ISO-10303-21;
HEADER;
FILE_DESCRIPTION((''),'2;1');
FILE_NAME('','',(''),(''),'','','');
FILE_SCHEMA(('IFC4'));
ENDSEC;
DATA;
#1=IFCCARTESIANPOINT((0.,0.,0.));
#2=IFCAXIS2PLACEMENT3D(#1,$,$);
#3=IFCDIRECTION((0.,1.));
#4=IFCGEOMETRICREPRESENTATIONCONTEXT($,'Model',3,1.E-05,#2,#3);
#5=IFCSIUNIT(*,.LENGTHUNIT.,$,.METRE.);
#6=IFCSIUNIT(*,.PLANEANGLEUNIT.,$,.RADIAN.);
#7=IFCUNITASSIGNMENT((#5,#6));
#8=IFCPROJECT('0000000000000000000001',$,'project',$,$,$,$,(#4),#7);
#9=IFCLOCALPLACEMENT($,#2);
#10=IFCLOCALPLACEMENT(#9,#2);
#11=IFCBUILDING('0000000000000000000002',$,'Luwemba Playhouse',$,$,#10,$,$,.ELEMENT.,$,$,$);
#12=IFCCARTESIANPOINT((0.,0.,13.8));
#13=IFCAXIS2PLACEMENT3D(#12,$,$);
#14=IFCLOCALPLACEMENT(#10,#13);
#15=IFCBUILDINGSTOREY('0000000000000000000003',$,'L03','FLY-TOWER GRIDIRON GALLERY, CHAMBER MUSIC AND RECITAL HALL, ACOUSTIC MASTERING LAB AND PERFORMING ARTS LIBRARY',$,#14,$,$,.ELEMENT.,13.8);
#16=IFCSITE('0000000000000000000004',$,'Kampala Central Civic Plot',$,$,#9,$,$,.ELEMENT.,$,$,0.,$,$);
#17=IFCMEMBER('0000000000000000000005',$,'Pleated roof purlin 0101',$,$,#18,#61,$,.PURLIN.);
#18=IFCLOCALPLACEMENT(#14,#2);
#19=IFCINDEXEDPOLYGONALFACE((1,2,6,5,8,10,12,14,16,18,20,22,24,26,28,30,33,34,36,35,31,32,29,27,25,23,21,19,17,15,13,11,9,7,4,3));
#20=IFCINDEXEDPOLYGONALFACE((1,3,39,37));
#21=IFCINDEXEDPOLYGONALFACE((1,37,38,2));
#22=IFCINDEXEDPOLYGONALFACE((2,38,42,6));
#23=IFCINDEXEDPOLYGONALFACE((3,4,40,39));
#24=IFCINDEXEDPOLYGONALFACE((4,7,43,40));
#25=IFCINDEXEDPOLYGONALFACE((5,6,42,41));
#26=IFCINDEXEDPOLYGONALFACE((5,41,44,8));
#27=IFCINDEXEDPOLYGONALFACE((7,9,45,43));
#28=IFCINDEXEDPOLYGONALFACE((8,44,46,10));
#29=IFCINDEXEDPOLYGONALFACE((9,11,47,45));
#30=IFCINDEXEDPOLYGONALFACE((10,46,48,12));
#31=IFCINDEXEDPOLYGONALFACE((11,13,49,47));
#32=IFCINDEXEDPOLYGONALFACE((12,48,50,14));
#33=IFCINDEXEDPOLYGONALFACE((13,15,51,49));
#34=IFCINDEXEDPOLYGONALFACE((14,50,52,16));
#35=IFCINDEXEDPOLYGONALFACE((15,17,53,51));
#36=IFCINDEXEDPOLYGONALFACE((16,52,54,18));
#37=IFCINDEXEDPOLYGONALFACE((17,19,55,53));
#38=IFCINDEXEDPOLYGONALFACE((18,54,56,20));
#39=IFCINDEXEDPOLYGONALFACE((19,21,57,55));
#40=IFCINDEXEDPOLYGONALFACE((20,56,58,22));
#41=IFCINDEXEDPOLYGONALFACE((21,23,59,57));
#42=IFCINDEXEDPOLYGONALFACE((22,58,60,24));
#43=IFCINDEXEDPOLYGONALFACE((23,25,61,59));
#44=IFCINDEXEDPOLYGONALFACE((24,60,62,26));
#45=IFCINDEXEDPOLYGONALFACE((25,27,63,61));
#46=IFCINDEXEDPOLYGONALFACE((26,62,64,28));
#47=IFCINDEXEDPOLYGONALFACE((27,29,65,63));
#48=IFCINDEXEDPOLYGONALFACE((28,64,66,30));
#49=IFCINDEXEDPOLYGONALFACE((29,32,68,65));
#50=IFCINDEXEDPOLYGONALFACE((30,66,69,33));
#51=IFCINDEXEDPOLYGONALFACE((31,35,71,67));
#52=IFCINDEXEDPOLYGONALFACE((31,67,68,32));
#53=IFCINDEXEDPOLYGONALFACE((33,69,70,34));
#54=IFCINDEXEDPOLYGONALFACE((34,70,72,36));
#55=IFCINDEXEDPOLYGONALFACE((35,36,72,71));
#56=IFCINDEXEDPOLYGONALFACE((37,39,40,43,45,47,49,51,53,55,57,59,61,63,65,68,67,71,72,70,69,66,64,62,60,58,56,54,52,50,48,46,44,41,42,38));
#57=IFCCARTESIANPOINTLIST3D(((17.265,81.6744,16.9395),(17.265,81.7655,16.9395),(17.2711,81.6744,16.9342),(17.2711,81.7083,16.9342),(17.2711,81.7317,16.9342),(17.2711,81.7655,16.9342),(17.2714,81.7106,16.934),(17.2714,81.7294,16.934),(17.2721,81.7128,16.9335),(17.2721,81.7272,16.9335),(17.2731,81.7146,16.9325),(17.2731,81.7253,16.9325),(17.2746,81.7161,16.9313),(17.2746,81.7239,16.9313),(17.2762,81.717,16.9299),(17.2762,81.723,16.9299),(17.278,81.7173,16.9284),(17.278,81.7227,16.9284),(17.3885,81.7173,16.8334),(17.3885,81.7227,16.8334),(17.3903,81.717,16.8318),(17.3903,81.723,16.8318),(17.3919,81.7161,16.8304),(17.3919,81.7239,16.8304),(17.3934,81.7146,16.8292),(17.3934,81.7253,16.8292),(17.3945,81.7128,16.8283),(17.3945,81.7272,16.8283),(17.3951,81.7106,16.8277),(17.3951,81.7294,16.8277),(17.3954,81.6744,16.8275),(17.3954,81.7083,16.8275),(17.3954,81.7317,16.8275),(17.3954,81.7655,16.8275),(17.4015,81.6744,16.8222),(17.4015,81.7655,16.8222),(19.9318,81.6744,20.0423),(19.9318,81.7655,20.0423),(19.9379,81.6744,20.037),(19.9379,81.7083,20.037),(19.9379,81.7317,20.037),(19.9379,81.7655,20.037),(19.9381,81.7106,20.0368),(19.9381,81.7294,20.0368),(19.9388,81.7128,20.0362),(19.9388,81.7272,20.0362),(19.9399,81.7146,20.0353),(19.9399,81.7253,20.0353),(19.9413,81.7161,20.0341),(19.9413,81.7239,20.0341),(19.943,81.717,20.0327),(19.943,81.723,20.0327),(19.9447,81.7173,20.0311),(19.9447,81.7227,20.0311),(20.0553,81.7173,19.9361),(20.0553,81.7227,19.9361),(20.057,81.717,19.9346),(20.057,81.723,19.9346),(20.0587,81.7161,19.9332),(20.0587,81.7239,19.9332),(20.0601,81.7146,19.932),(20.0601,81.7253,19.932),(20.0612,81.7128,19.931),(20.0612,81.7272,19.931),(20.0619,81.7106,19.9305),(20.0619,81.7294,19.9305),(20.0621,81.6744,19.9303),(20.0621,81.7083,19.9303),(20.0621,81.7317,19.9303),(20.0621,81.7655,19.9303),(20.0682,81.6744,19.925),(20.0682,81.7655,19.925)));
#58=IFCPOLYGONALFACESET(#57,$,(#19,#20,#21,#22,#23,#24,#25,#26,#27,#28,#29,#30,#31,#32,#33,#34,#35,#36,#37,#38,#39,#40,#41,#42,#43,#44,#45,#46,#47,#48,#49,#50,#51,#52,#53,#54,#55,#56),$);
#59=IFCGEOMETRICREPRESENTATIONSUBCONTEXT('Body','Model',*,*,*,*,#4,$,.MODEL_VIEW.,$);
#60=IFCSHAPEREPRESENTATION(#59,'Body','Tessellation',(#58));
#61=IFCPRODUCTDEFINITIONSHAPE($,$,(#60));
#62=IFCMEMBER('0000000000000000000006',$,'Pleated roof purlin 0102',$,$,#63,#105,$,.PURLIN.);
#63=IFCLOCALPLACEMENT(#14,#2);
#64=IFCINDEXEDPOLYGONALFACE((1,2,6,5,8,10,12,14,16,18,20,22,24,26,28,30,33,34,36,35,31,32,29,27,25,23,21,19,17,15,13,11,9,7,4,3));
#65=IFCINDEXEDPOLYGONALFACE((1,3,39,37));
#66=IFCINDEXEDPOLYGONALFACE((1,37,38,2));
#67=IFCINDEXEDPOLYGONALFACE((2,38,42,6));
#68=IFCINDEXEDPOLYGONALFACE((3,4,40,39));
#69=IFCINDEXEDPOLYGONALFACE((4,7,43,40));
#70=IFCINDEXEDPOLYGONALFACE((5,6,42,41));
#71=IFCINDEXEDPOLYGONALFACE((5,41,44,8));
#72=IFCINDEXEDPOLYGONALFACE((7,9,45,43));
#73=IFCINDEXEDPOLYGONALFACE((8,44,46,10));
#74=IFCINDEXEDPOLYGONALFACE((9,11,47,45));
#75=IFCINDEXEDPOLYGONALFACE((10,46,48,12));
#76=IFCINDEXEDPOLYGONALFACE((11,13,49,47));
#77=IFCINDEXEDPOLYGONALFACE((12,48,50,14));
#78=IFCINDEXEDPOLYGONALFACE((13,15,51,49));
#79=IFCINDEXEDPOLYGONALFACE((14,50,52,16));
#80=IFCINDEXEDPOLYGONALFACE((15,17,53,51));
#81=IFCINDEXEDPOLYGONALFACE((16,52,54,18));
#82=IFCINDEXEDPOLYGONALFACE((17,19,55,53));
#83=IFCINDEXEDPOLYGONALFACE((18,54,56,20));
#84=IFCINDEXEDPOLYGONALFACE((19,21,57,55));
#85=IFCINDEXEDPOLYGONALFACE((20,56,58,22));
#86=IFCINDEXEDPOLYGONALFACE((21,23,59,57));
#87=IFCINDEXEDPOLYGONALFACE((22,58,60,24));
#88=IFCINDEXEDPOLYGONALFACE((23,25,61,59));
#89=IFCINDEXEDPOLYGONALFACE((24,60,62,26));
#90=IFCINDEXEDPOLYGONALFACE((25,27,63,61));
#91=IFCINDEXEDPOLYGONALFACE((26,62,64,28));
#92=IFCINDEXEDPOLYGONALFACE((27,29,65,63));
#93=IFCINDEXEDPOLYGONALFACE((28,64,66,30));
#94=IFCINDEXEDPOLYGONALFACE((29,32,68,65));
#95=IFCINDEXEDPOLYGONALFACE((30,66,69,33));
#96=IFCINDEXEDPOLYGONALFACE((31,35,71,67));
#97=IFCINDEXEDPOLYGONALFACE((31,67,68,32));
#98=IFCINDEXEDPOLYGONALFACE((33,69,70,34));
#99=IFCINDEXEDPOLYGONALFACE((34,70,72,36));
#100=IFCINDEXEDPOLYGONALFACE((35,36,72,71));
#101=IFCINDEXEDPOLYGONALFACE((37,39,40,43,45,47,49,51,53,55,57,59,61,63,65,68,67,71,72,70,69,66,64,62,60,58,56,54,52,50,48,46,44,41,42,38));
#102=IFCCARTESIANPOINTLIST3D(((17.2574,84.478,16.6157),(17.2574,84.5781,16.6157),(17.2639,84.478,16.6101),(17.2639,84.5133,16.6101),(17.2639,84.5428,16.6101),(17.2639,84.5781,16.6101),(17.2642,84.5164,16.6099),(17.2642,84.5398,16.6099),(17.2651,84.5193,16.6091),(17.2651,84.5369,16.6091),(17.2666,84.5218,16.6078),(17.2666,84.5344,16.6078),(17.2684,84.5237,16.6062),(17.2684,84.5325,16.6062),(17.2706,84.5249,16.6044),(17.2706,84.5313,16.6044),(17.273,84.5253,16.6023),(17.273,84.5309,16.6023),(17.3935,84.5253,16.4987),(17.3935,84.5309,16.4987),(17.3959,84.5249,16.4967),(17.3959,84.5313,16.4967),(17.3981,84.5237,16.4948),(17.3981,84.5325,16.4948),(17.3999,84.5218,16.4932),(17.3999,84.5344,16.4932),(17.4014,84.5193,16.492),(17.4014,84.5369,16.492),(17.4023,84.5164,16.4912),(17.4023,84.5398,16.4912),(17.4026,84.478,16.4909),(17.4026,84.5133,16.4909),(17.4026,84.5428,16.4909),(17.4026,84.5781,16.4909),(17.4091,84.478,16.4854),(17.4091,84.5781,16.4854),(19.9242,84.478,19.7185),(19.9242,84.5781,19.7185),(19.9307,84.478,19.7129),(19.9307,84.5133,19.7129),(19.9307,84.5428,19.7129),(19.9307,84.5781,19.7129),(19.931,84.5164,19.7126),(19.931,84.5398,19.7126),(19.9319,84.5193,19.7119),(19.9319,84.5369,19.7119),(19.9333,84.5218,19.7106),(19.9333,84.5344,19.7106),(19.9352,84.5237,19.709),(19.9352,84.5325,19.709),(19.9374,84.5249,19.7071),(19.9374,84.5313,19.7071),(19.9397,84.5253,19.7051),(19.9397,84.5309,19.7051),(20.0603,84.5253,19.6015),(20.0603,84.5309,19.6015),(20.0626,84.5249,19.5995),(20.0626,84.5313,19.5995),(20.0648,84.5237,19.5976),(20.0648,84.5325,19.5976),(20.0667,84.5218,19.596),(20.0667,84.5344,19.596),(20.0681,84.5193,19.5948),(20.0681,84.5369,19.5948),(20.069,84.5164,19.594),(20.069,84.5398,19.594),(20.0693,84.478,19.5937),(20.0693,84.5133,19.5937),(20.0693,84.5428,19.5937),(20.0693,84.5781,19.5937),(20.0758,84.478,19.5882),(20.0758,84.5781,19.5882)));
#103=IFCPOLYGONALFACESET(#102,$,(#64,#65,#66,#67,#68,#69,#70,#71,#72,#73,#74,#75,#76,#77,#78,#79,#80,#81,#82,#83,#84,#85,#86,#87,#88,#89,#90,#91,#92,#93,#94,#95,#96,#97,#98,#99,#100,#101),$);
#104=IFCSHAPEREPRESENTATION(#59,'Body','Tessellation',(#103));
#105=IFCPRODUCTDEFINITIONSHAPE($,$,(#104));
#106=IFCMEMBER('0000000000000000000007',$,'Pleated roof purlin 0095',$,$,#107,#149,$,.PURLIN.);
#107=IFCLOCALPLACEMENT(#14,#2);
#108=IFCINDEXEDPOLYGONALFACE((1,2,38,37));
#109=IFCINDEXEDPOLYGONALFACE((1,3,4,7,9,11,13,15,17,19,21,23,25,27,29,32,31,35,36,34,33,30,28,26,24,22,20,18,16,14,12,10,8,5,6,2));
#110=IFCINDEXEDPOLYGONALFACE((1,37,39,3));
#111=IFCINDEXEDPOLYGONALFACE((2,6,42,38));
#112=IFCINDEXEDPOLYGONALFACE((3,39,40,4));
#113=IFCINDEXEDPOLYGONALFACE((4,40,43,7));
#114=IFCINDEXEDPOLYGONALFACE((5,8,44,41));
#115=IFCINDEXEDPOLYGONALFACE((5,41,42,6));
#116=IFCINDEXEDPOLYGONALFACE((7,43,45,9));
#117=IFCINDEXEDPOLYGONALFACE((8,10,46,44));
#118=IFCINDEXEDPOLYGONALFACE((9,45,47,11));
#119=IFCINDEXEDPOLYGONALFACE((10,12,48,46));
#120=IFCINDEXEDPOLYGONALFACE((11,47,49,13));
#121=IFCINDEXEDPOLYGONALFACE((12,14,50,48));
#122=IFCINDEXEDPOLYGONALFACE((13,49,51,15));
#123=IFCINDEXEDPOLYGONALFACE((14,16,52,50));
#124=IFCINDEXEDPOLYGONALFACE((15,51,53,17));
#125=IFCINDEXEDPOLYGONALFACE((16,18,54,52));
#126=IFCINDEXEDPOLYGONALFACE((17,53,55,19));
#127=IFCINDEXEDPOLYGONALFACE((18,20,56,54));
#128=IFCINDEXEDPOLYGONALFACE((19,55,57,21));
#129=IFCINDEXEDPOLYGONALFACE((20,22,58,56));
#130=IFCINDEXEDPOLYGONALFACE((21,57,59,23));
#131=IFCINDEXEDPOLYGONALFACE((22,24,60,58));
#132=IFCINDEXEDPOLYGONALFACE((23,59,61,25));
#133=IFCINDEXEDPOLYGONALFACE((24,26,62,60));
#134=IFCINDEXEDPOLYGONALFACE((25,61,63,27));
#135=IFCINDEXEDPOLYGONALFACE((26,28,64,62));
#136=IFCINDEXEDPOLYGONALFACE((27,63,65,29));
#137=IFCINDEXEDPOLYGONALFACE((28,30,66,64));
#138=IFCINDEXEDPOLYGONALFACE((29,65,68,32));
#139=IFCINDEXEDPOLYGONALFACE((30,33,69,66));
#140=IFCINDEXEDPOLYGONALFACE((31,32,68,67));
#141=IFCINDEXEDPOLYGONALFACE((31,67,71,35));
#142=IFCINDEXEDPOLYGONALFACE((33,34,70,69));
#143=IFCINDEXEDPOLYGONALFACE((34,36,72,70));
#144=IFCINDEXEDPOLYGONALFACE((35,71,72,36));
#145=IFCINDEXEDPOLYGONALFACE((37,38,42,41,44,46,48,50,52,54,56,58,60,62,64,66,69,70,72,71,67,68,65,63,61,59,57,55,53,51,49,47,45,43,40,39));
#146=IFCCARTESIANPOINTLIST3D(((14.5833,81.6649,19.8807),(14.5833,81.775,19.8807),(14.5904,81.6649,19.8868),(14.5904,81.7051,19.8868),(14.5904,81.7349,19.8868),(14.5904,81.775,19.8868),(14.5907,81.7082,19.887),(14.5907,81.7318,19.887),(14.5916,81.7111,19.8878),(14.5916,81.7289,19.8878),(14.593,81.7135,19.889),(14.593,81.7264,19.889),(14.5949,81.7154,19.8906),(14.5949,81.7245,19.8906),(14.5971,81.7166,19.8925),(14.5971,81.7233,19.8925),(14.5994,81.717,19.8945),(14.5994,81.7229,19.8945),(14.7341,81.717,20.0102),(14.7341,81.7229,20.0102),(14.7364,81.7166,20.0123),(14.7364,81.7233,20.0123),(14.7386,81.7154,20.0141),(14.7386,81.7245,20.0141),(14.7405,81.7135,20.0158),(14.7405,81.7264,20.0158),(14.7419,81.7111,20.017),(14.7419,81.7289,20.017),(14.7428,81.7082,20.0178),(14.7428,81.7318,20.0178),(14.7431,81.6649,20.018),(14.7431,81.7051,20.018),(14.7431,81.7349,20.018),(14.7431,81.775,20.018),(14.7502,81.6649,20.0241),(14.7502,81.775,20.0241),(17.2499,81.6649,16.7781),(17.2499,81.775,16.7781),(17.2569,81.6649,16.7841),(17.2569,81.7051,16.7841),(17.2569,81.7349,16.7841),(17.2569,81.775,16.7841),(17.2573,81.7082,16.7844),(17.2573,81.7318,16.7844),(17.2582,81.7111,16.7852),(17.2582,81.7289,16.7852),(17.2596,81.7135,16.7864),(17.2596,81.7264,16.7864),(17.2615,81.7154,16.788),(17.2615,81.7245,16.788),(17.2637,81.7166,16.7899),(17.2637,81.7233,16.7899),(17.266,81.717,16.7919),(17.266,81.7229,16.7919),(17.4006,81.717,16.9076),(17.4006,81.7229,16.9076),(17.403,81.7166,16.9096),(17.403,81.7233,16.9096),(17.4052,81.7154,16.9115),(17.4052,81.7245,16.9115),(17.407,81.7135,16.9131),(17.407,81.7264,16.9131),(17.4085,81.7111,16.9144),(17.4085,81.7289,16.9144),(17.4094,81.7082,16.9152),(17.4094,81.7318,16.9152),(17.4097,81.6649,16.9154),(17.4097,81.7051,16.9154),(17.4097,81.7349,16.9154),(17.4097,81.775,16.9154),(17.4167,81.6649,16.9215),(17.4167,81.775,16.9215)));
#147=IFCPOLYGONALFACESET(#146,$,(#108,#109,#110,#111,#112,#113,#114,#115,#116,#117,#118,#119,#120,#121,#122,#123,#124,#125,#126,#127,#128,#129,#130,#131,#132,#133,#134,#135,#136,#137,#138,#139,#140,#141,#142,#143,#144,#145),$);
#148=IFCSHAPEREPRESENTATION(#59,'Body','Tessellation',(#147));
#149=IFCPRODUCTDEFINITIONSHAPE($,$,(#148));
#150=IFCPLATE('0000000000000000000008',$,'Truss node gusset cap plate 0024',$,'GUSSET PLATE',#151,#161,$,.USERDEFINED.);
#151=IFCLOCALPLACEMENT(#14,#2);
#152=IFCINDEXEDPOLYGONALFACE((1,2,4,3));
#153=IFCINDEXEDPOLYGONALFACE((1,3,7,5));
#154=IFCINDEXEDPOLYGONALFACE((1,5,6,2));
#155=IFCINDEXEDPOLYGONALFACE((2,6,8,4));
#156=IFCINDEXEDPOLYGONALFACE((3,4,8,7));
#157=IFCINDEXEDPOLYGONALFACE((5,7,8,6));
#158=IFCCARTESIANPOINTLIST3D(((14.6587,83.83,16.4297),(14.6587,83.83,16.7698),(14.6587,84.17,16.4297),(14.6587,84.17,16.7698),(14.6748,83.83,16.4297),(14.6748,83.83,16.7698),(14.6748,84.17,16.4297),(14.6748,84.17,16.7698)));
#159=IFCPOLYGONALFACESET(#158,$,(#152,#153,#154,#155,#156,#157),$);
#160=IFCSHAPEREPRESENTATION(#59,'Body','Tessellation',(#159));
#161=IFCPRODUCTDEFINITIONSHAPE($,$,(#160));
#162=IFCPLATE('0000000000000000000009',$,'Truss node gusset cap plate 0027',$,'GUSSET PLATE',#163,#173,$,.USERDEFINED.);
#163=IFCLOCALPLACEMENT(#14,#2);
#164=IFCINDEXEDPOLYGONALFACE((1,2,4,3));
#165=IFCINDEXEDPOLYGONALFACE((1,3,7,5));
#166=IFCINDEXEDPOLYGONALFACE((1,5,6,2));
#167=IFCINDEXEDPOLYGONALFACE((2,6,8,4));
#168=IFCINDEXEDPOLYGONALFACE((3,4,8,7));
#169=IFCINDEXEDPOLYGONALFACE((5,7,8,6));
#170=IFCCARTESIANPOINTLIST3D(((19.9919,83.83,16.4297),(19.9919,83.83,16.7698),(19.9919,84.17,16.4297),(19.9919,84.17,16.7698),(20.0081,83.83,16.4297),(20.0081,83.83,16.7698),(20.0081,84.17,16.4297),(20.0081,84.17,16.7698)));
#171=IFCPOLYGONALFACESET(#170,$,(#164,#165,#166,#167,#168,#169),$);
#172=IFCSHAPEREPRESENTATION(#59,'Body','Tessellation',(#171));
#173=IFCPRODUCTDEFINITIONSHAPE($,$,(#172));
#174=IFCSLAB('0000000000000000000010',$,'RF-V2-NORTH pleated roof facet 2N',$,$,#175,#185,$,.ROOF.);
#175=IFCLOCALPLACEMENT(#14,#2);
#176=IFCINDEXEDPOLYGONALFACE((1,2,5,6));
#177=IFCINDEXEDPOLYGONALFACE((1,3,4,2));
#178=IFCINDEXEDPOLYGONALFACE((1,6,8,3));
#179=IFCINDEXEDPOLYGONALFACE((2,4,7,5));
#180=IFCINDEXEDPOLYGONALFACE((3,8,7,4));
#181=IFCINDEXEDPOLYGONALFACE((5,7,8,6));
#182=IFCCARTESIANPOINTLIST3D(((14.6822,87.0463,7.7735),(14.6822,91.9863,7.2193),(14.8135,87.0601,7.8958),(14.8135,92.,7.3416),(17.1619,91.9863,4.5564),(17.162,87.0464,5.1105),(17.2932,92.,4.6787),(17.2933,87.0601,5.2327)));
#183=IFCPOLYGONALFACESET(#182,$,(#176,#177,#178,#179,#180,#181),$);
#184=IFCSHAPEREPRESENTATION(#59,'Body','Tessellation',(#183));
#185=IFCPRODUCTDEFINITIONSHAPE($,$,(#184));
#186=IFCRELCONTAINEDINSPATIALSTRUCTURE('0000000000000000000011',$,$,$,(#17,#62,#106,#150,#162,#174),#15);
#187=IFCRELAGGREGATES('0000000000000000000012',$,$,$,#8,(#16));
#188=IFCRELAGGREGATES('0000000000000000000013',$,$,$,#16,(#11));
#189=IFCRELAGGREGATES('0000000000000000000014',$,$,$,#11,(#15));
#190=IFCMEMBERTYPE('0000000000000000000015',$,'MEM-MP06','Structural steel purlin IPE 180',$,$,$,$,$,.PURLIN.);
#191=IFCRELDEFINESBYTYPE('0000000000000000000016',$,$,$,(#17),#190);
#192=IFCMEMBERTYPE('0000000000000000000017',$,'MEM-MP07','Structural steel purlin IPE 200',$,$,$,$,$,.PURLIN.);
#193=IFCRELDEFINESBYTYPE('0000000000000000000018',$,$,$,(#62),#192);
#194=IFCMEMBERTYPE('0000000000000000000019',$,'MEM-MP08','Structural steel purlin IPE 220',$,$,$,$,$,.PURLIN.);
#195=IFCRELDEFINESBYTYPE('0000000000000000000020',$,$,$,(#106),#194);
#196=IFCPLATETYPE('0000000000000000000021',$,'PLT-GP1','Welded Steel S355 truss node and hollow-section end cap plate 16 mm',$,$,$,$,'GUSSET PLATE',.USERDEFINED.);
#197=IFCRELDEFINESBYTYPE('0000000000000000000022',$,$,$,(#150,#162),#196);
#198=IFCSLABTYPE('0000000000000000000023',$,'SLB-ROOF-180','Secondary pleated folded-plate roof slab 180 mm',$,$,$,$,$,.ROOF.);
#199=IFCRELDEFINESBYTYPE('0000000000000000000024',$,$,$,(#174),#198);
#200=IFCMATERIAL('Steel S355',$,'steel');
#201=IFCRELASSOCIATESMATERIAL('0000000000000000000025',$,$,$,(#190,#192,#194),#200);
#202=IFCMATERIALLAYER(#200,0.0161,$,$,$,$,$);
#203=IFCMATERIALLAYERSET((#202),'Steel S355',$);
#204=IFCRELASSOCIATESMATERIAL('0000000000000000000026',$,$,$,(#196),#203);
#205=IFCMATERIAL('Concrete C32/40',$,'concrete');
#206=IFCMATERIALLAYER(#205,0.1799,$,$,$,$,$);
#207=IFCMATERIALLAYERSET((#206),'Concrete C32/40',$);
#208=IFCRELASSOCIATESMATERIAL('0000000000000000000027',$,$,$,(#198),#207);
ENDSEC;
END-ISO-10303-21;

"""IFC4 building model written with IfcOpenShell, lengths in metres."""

from ifc_helpers import new_model, si_unit, direction, frame, origin, origin_2d, place, context, subcontext, project, spatial, polyline, rectangle, i_section, outline, extrude, material, layer, layer_set, material_profile, profile_set, type_object, element, save


model = new_model("IFC4")

# Units and contexts
model_context = context("Model", 3, precision=1e-05, world=origin(), true_north=direction((0.0, 1.0)))
body_context = subcontext(model_context, "Body", "Model", "MODEL_VIEW")
ifc_project = project(units=[si_unit("LENGTHUNIT", "METRE"), si_unit("PLANEANGLEUNIT", "RADIAN")], contexts=[model_context])

# Site, building, storey
site_placement = place(None, origin())
site = spatial("IfcSite", under=ifc_project, at=site_placement, Name="Kampala Central Civic Plot", CompositionType="ELEMENT", RefElevation=0.0)
building_placement = place(site_placement, origin())
building = spatial("IfcBuilding", under=site, at=building_placement, Name="Luwemba Playhouse", CompositionType="ELEMENT")
storey_placement = place(building_placement, frame((0.0, 0.0, 13.8)))
storey = spatial("IfcBuildingStorey", under=building, at=storey_placement, Name="L03", Description="FLY-TOWER GRIDIRON GALLERY, CHAMBER MUSIC AND RECITAL HALL, ACOUSTIC MASTERING LAB AND PERFORMING ARTS LIBRARY", CompositionType="ELEMENT", Elevation=13.8)

# Shared definitions
ifc_material_1 = material(Name="Steel S355", Category="steel")

# Members
ifc_material_profile_1 = material_profile(ifc_material_1, i_section(OverallWidth=0.0911, OverallDepth=0.1799, WebThickness=0.0054, FlangeThickness=0.0081, FilletRadius=0.009, at=origin_2d()))
ifc_profile_set_1 = profile_set([ifc_material_profile_1], Name="Steel S355")
member_type_1 = type_object("IfcMemberType", Name="MEM-MP06", Description="Structural steel purlin IPE 180", PredefinedType="PURLIN", material=ifc_profile_set_1)
member_1_placement = place(storey_placement, frame((17.3333, 81.72, 16.8809), z_axis=(0.651808, 0.0, 0.758384), x_axis=(0.0, 1.0, 0.0)))
element("IfcMember", 1, at=member_1_placement, inside=storey, type_object=member_type_1, Name="Pleated roof purlin 0101", PredefinedType="PURLIN", context=body_context, shape_type="SweptSolid", body=[
    extrude(i_section(OverallWidth=0.0911, OverallDepth=0.1799, WebThickness=0.0054, FlangeThickness=0.0081, FilletRadius=0.009, at=origin_2d()), origin(), (0.0, 0.0, 1.0), 4.0913),
])
ifc_material_profile_2 = material_profile(ifc_material_1, i_section(OverallWidth=0.1001, OverallDepth=0.2, WebThickness=0.0056, FlangeThickness=0.0085, FilletRadius=0.012, at=origin_2d()))
ifc_profile_set_2 = profile_set([ifc_material_profile_2], Name="Steel S355")
member_type_2 = type_object("IfcMemberType", Name="MEM-MP07", Description="Structural steel purlin IPE 200", PredefinedType="PURLIN", material=ifc_profile_set_2)
member_2_placement = place(storey_placement, frame((17.3333, 84.5281, 16.5505), z_axis=(0.651808, 0.0, 0.758384), x_axis=(0.0, 1.0, 0.0)))
element("IfcMember", 2, at=member_2_placement, inside=storey, type_object=member_type_2, Name="Pleated roof purlin 0102", PredefinedType="PURLIN", context=body_context, shape_type="SweptSolid", body=[
    extrude(i_section(OverallWidth=0.1001, OverallDepth=0.2, WebThickness=0.0056, FlangeThickness=0.0085, FilletRadius=0.012, at=origin_2d()), origin(), (0.0, 0.0, 1.0), 4.0913),
])
ifc_material_profile_3 = material_profile(ifc_material_1, i_section(OverallWidth=0.1101, OverallDepth=0.22, WebThickness=0.0059, FlangeThickness=0.0093, FilletRadius=0.012, at=origin_2d()))
ifc_profile_set_3 = profile_set([ifc_material_profile_3], Name="Steel S355")
member_type_3 = type_object("IfcMemberType", Name="MEM-MP08", Description="Structural steel purlin IPE 220", PredefinedType="PURLIN", material=ifc_profile_set_3)
member_3_placement = place(storey_placement, frame((14.6667, 81.72, 19.9524), z_axis=(0.651803, 0.0, -0.758388), x_axis=(0.0, 1.0, 0.0)))
element("IfcMember", 3, at=member_3_placement, inside=storey, type_object=member_type_3, Name="Pleated roof purlin 0095", PredefinedType="PURLIN", context=body_context, shape_type="SweptSolid", body=[
    extrude(i_section(OverallWidth=0.1101, OverallDepth=0.22, WebThickness=0.0059, FlangeThickness=0.0093, FilletRadius=0.012, at=origin_2d()), origin(), (0.0, 0.0, 1.0), 4.0911),
])

# Plates
ifc_layer_1 = layer(ifc_material_1, 0.0161)
ifc_layer_set_1 = layer_set([ifc_layer_1], Name="Steel S355")
plate_type = type_object("IfcPlateType", Name="PLT-GP1", Description="Welded Steel S355 truss node and hollow-section end cap plate 16 mm", ElementType="GUSSET PLATE", PredefinedType="USERDEFINED", material=ifc_layer_set_1)
for number, where, z_axis, x_axis, name in (
    (4, (14.6667, 84.0, 16.4297), (0.0, 0.0, 1.0), (1.0, 0.0, 0.0), "Truss node gusset cap plate 0024"),
    (5, (20.0, 84.0, 16.4297), (0.0, 0.0, 1.0), (1.0, 0.0, 0.0), "Truss node gusset cap plate 0027"),
):
    element("IfcPlate", number, at=place(storey_placement, frame(where, z_axis=z_axis, x_axis=x_axis)), inside=storey, type_object=plate_type, Name=name, ObjectType="GUSSET PLATE", PredefinedType="USERDEFINED", context=body_context, shape_type="SweptSolid", body=[
        extrude(rectangle(XDim=0.0161, YDim=0.3401, at=origin_2d()), origin(), (0.0, 0.0, 1.0), 0.3401),
    ])

# Slab
ifc_material_2 = material(Name="Concrete C32/40", Category="concrete")
ifc_layer_2 = layer(ifc_material_2, 0.1799)
ifc_layer_set_2 = layer_set([ifc_layer_2], Name="Concrete C32/40")
slab_type = type_object("IfcSlabType", Name="SLB-ROOF-180", Description="Secondary pleated folded-plate roof slab 180 mm", PredefinedType="ROOF", material=ifc_layer_set_2)
slab_placement = place(storey_placement, frame((14.8135, 87.0601, 7.8958), z_axis=(0.729707, 0.076214, 0.679499), x_axis=(0.681481, 0.000002, -0.731836)))
element("IfcSlab", 6, at=slab_placement, inside=storey, type_object=slab_type, Name="RF-V2-NORTH pleated roof facet 2N", PredefinedType="ROOF", context=body_context, shape_type="SweptSolid", body=[
    extrude(outline(polyline([(0.0, 0.0), (3.6388, 0.0), (4.0442, 4.9543), (0.4056, 4.9544), (0.0, 0.0)])), origin(), (0.0, 0.0, -1.0), 0.1799),
])

save(model, "model.ifc")
